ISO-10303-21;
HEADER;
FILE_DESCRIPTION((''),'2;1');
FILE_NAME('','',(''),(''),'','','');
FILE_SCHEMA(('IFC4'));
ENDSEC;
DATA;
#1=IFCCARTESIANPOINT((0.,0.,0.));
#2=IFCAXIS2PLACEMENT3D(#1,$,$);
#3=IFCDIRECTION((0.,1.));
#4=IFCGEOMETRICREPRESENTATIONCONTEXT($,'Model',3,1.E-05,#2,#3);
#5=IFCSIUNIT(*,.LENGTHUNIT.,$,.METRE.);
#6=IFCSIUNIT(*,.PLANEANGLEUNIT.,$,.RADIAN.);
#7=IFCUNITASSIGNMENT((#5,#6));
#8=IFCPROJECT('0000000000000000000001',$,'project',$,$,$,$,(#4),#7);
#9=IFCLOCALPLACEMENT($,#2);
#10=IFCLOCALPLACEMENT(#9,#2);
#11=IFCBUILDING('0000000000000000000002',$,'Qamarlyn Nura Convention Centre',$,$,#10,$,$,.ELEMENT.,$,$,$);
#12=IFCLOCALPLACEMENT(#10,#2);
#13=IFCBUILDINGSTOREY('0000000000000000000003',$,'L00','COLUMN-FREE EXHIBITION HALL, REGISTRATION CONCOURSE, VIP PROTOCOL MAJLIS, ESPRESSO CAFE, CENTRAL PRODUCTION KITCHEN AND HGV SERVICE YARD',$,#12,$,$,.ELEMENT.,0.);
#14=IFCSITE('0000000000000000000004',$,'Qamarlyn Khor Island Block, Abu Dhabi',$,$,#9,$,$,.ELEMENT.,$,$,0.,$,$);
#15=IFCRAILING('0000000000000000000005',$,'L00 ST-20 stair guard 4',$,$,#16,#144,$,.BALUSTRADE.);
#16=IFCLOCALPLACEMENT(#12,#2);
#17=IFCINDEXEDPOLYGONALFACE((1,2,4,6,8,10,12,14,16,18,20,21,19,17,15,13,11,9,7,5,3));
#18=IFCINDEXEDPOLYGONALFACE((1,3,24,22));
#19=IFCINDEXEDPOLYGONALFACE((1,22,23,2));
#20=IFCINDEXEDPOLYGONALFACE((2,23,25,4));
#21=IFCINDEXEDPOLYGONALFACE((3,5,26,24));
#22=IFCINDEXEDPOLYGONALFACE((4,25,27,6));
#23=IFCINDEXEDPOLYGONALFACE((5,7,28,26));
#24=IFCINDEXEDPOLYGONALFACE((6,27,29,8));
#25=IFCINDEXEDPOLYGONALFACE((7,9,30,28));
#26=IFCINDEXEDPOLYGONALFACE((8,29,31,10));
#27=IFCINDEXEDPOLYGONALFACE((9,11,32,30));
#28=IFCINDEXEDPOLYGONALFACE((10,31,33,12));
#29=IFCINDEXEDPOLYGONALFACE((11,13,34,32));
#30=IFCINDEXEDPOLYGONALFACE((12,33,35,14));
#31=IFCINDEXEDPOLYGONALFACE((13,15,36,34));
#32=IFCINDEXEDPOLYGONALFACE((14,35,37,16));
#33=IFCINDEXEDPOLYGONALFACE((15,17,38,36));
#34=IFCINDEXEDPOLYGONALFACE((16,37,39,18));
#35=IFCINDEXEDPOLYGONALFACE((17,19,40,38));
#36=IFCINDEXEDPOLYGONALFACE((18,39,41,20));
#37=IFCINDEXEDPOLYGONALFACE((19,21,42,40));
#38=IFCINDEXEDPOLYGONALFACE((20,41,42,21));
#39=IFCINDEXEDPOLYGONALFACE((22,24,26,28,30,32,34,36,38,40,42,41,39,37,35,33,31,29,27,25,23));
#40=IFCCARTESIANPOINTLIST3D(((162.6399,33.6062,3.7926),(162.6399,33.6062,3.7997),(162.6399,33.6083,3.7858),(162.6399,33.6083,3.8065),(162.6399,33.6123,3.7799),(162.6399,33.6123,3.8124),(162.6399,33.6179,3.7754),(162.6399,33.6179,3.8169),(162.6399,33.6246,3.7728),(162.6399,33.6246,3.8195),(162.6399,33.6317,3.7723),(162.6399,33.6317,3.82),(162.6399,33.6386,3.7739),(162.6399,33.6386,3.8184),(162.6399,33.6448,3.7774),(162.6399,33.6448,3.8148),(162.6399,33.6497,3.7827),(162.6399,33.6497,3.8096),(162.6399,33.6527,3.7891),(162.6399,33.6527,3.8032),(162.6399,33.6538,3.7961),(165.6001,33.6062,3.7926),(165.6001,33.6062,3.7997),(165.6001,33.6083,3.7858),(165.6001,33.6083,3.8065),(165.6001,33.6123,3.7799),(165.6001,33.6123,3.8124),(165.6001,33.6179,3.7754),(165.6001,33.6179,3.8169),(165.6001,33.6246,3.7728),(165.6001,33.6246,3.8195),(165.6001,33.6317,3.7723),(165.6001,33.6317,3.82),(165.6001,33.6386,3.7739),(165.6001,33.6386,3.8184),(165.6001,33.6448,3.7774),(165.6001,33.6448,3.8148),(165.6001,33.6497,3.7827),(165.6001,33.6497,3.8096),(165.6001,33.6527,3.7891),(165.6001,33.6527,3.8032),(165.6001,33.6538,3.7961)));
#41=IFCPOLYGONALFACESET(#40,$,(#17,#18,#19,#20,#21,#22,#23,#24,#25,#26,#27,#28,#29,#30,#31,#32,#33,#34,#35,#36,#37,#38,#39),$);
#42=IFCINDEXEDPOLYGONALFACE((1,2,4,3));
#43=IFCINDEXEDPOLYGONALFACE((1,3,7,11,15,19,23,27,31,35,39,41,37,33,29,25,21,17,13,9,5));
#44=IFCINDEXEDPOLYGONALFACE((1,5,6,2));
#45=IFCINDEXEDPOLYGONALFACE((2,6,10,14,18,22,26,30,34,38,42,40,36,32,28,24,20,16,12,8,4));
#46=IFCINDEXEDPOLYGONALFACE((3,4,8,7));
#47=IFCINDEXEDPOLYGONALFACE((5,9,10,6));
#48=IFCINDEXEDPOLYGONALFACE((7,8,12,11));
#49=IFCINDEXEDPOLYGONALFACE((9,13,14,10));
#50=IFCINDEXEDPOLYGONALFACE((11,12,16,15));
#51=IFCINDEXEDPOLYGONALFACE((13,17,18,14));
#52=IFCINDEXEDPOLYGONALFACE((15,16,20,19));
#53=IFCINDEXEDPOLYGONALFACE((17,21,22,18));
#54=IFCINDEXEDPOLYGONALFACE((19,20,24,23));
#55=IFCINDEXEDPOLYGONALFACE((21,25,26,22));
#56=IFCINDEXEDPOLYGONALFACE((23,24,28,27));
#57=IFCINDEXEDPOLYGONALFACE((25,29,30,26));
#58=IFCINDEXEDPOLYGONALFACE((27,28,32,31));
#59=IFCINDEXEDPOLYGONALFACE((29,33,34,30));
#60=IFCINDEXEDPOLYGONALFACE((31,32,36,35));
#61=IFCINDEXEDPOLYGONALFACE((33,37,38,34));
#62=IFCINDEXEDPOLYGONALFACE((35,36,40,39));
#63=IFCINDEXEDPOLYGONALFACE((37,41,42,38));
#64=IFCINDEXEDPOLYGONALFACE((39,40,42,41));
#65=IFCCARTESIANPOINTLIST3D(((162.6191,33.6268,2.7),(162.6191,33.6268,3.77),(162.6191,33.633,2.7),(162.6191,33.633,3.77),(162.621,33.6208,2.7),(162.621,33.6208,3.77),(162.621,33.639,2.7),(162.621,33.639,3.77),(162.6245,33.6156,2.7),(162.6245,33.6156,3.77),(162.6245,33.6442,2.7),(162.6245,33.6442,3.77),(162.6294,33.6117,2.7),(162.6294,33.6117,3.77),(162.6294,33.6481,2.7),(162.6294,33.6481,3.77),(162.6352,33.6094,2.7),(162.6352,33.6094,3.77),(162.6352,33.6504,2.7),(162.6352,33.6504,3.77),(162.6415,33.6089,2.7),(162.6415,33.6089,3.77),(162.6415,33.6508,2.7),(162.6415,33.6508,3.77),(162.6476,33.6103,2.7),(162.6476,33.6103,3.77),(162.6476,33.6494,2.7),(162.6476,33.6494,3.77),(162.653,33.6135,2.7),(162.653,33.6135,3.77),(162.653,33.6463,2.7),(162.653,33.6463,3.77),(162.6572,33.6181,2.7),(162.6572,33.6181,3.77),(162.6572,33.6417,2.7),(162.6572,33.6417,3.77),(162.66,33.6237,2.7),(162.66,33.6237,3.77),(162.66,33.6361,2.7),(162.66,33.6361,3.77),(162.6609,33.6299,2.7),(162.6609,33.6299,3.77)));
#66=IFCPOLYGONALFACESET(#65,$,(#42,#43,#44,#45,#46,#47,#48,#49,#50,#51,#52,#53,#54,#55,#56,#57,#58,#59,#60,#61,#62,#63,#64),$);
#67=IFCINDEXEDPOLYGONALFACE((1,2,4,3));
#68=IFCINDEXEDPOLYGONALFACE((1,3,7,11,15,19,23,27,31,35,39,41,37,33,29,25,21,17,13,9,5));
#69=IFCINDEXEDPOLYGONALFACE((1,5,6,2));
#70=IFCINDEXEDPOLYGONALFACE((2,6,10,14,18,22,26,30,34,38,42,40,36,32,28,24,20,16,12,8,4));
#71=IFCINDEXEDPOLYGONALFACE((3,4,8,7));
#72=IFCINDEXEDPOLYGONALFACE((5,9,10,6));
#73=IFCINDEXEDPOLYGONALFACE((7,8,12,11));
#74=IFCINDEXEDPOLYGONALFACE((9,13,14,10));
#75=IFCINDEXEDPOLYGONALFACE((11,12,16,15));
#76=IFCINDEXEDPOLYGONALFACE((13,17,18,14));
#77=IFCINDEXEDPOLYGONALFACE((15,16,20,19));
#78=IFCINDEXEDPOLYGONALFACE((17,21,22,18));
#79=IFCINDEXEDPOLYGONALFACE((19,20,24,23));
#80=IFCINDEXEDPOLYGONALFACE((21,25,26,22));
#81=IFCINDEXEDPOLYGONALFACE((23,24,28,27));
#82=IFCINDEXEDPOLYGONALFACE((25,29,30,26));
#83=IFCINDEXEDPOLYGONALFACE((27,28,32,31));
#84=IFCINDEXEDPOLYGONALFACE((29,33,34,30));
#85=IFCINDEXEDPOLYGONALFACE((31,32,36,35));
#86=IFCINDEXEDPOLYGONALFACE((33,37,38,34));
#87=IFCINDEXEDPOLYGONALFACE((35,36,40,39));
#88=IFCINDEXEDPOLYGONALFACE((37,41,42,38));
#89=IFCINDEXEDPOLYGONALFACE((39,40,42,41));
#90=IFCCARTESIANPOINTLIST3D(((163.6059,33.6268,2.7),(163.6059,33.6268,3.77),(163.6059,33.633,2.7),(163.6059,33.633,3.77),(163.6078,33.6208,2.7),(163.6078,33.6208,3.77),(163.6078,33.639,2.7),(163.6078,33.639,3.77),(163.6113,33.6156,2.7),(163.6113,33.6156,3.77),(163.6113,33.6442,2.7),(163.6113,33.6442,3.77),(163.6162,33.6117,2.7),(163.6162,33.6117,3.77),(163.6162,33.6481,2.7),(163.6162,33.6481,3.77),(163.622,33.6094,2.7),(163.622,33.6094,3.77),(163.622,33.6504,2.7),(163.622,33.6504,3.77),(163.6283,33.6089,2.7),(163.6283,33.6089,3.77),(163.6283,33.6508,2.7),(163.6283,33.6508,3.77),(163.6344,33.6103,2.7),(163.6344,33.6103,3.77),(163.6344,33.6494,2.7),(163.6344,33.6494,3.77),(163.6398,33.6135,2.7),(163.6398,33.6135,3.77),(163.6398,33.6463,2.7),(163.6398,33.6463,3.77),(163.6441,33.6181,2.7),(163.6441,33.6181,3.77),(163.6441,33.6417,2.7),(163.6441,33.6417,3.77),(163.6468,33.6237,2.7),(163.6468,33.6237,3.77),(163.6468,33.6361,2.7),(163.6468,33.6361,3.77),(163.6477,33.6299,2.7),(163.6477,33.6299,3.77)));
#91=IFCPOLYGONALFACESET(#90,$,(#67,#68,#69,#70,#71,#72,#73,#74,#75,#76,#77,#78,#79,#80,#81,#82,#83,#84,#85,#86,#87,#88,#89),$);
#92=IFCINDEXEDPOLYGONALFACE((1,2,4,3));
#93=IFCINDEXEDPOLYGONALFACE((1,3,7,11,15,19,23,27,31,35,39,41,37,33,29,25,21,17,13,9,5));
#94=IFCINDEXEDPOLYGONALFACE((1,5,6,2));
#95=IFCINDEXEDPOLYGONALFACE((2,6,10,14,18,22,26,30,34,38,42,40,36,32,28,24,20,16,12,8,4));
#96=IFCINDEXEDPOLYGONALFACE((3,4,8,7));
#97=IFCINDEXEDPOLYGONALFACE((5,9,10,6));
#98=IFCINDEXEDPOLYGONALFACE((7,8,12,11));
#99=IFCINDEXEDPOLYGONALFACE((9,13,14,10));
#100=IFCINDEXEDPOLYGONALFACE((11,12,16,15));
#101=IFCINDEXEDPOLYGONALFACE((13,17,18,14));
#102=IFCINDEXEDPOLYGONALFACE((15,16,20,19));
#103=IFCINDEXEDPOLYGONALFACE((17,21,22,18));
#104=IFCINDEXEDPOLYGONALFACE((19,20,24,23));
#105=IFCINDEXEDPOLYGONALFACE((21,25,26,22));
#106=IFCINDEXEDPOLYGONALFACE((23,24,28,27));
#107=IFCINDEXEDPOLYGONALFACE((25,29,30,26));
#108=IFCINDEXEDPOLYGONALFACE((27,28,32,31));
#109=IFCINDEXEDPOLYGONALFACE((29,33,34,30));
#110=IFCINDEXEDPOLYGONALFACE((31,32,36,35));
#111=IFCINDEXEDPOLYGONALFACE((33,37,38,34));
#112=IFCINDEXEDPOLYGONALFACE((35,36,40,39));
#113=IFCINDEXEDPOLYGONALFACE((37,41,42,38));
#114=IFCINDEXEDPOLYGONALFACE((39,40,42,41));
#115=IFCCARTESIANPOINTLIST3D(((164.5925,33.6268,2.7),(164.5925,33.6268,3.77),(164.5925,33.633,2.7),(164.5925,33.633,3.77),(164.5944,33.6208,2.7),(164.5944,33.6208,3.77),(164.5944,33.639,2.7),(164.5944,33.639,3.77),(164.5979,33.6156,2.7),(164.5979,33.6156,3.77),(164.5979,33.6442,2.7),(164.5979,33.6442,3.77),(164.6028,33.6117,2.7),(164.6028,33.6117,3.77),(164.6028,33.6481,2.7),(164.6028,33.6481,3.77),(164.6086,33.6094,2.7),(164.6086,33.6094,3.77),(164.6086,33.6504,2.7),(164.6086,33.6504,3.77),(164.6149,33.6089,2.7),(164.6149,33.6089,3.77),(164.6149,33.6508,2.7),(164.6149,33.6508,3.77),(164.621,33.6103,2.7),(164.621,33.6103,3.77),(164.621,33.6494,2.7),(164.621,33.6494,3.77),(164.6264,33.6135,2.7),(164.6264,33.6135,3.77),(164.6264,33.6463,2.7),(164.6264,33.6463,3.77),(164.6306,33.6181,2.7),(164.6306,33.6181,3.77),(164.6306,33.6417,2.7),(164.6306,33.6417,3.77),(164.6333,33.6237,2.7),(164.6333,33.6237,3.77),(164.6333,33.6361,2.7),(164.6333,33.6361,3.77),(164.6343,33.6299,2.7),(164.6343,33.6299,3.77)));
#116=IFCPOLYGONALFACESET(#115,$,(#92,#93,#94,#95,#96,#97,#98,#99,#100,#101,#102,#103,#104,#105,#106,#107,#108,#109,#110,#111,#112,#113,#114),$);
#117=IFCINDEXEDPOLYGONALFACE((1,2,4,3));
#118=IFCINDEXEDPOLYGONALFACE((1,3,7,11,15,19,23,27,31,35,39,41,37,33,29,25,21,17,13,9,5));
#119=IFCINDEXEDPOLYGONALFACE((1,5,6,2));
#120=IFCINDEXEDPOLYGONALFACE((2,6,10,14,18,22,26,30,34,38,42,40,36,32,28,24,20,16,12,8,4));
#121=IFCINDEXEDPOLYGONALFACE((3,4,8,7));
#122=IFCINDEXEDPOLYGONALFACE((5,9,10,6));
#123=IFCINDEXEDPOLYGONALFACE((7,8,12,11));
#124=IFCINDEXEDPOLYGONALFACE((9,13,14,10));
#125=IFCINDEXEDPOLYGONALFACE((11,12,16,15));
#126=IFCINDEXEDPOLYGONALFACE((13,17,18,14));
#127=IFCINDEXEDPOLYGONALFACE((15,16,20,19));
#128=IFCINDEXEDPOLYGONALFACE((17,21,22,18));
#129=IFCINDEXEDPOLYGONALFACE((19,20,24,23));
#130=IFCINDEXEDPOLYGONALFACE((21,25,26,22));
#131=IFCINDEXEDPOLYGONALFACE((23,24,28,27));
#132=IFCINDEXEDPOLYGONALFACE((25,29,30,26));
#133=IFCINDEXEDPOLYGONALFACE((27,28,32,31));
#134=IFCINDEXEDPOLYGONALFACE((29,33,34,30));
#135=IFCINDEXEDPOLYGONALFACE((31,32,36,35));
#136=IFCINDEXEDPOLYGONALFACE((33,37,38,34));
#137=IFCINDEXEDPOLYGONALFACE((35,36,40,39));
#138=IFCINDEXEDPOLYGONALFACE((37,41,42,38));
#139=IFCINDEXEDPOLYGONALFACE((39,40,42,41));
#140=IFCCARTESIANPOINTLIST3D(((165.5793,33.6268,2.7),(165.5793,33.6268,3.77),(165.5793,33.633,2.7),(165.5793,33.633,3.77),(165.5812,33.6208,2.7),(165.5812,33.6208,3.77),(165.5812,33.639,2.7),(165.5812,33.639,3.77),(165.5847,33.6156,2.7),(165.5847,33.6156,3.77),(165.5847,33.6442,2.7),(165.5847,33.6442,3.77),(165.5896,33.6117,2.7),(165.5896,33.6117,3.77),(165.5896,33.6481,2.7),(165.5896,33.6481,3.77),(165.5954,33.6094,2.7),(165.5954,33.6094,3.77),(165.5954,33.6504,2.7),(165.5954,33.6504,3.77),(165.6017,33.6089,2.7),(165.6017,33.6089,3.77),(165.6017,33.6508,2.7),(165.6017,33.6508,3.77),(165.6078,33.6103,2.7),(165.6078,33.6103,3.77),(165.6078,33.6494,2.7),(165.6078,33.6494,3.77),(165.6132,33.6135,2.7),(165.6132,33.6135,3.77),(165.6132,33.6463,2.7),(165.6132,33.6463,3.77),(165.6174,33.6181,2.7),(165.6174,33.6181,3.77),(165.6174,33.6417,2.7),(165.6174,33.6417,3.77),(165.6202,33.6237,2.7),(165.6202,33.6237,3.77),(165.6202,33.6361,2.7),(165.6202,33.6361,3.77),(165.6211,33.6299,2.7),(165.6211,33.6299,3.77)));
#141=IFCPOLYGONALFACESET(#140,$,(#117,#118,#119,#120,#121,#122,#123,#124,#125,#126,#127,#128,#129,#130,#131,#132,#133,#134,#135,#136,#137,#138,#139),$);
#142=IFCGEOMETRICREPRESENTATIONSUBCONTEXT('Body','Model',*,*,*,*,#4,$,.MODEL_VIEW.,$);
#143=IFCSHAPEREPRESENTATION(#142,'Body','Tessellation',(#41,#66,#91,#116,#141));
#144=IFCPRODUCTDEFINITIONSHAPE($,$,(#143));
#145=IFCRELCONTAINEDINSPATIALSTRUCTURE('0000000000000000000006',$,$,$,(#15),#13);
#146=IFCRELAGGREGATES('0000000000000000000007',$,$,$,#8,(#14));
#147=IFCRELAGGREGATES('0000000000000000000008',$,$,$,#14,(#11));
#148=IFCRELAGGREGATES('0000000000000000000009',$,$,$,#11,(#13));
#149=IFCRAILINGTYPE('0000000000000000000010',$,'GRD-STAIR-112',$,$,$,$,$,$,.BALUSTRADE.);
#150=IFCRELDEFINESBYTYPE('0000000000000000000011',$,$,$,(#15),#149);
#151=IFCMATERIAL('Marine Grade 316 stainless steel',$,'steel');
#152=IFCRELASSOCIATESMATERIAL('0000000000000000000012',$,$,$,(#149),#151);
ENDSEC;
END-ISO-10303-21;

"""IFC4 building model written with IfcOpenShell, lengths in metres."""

from ifc_helpers import new_model, si_unit, direction, frame, origin, origin_2d, place, context, subcontext, project, spatial, circle, extrude, material, type_object, element, save


model = new_model("IFC4")

# Units and contexts
model_context = context("Model", 3, precision=1e-05, world=origin(), true_north=direction((0.0, 1.0)))
body_context = subcontext(model_context, "Body", "Model", "MODEL_VIEW")
ifc_project = project(units=[si_unit("LENGTHUNIT", "METRE"), si_unit("PLANEANGLEUNIT", "RADIAN")], contexts=[model_context])

# Site, building, storey
site_placement = place(None, origin())
site = spatial("IfcSite", under=ifc_project, at=site_placement, Name="Qamarlyn Khor Island Block, Abu Dhabi", CompositionType="ELEMENT", RefElevation=0.0)
building_placement = place(site_placement, origin())
building = spatial("IfcBuilding", under=site, at=building_placement, Name="Qamarlyn Nura Convention Centre", CompositionType="ELEMENT")
storey_placement = place(building_placement, origin())
storey = spatial("IfcBuildingStorey", under=building, at=storey_placement, Name="L00", Description="COLUMN-FREE EXHIBITION HALL, REGISTRATION CONCOURSE, VIP PROTOCOL MAJLIS, ESPRESSO CAFE, CENTRAL PRODUCTION KITCHEN AND HGV SERVICE YARD", CompositionType="ELEMENT", Elevation=0.0)

# Railing
ifc_material_1 = material(Name="Marine Grade 316 stainless steel", Category="steel")
railing_type_1 = type_object("IfcRailingType", Name="GRD-STAIR-112", PredefinedType="BALUSTRADE", material=ifc_material_1)
for number, where, name in (
    (1, (162.6399, 33.6299, 2.7), "L00 ST-20 stair guard 4"),
):
    element("IfcRailing", number, at=place(storey_placement, frame(where)), inside=storey, type_object=railing_type_1, Name=name, PredefinedType="BALUSTRADE", context=body_context, shape_type="SweptSolid", body=[
        extrude(circle(Radius=0.0239, at=origin_2d()), frame((0.0, 0.0, 1.0962), z_axis=(1.0, 0.0, 0.0), x_axis=(0.0, 1.0, 0.0)), (0.0, 0.0, 1.0), 2.9602),
        extrude(circle(Radius=0.021, at=origin_2d()), origin(), (0.0, 0.0, 1.0), 1.0701),
        extrude(circle(Radius=0.021, at=origin_2d()), frame((0.9868, 0.0, 0.0)), (0.0, 0.0, 1.0), 1.0701),
        extrude(circle(Radius=0.021, at=origin_2d()), frame((1.9734, 0.0, 0.0)), (0.0, 0.0, 1.0), 1.0701),
        extrude(circle(Radius=0.021, at=origin_2d()), frame((2.9602, 0.0, 0.0)), (0.0, 0.0, 1.0), 1.0701),
    ])

save(model, "model.ifc")
